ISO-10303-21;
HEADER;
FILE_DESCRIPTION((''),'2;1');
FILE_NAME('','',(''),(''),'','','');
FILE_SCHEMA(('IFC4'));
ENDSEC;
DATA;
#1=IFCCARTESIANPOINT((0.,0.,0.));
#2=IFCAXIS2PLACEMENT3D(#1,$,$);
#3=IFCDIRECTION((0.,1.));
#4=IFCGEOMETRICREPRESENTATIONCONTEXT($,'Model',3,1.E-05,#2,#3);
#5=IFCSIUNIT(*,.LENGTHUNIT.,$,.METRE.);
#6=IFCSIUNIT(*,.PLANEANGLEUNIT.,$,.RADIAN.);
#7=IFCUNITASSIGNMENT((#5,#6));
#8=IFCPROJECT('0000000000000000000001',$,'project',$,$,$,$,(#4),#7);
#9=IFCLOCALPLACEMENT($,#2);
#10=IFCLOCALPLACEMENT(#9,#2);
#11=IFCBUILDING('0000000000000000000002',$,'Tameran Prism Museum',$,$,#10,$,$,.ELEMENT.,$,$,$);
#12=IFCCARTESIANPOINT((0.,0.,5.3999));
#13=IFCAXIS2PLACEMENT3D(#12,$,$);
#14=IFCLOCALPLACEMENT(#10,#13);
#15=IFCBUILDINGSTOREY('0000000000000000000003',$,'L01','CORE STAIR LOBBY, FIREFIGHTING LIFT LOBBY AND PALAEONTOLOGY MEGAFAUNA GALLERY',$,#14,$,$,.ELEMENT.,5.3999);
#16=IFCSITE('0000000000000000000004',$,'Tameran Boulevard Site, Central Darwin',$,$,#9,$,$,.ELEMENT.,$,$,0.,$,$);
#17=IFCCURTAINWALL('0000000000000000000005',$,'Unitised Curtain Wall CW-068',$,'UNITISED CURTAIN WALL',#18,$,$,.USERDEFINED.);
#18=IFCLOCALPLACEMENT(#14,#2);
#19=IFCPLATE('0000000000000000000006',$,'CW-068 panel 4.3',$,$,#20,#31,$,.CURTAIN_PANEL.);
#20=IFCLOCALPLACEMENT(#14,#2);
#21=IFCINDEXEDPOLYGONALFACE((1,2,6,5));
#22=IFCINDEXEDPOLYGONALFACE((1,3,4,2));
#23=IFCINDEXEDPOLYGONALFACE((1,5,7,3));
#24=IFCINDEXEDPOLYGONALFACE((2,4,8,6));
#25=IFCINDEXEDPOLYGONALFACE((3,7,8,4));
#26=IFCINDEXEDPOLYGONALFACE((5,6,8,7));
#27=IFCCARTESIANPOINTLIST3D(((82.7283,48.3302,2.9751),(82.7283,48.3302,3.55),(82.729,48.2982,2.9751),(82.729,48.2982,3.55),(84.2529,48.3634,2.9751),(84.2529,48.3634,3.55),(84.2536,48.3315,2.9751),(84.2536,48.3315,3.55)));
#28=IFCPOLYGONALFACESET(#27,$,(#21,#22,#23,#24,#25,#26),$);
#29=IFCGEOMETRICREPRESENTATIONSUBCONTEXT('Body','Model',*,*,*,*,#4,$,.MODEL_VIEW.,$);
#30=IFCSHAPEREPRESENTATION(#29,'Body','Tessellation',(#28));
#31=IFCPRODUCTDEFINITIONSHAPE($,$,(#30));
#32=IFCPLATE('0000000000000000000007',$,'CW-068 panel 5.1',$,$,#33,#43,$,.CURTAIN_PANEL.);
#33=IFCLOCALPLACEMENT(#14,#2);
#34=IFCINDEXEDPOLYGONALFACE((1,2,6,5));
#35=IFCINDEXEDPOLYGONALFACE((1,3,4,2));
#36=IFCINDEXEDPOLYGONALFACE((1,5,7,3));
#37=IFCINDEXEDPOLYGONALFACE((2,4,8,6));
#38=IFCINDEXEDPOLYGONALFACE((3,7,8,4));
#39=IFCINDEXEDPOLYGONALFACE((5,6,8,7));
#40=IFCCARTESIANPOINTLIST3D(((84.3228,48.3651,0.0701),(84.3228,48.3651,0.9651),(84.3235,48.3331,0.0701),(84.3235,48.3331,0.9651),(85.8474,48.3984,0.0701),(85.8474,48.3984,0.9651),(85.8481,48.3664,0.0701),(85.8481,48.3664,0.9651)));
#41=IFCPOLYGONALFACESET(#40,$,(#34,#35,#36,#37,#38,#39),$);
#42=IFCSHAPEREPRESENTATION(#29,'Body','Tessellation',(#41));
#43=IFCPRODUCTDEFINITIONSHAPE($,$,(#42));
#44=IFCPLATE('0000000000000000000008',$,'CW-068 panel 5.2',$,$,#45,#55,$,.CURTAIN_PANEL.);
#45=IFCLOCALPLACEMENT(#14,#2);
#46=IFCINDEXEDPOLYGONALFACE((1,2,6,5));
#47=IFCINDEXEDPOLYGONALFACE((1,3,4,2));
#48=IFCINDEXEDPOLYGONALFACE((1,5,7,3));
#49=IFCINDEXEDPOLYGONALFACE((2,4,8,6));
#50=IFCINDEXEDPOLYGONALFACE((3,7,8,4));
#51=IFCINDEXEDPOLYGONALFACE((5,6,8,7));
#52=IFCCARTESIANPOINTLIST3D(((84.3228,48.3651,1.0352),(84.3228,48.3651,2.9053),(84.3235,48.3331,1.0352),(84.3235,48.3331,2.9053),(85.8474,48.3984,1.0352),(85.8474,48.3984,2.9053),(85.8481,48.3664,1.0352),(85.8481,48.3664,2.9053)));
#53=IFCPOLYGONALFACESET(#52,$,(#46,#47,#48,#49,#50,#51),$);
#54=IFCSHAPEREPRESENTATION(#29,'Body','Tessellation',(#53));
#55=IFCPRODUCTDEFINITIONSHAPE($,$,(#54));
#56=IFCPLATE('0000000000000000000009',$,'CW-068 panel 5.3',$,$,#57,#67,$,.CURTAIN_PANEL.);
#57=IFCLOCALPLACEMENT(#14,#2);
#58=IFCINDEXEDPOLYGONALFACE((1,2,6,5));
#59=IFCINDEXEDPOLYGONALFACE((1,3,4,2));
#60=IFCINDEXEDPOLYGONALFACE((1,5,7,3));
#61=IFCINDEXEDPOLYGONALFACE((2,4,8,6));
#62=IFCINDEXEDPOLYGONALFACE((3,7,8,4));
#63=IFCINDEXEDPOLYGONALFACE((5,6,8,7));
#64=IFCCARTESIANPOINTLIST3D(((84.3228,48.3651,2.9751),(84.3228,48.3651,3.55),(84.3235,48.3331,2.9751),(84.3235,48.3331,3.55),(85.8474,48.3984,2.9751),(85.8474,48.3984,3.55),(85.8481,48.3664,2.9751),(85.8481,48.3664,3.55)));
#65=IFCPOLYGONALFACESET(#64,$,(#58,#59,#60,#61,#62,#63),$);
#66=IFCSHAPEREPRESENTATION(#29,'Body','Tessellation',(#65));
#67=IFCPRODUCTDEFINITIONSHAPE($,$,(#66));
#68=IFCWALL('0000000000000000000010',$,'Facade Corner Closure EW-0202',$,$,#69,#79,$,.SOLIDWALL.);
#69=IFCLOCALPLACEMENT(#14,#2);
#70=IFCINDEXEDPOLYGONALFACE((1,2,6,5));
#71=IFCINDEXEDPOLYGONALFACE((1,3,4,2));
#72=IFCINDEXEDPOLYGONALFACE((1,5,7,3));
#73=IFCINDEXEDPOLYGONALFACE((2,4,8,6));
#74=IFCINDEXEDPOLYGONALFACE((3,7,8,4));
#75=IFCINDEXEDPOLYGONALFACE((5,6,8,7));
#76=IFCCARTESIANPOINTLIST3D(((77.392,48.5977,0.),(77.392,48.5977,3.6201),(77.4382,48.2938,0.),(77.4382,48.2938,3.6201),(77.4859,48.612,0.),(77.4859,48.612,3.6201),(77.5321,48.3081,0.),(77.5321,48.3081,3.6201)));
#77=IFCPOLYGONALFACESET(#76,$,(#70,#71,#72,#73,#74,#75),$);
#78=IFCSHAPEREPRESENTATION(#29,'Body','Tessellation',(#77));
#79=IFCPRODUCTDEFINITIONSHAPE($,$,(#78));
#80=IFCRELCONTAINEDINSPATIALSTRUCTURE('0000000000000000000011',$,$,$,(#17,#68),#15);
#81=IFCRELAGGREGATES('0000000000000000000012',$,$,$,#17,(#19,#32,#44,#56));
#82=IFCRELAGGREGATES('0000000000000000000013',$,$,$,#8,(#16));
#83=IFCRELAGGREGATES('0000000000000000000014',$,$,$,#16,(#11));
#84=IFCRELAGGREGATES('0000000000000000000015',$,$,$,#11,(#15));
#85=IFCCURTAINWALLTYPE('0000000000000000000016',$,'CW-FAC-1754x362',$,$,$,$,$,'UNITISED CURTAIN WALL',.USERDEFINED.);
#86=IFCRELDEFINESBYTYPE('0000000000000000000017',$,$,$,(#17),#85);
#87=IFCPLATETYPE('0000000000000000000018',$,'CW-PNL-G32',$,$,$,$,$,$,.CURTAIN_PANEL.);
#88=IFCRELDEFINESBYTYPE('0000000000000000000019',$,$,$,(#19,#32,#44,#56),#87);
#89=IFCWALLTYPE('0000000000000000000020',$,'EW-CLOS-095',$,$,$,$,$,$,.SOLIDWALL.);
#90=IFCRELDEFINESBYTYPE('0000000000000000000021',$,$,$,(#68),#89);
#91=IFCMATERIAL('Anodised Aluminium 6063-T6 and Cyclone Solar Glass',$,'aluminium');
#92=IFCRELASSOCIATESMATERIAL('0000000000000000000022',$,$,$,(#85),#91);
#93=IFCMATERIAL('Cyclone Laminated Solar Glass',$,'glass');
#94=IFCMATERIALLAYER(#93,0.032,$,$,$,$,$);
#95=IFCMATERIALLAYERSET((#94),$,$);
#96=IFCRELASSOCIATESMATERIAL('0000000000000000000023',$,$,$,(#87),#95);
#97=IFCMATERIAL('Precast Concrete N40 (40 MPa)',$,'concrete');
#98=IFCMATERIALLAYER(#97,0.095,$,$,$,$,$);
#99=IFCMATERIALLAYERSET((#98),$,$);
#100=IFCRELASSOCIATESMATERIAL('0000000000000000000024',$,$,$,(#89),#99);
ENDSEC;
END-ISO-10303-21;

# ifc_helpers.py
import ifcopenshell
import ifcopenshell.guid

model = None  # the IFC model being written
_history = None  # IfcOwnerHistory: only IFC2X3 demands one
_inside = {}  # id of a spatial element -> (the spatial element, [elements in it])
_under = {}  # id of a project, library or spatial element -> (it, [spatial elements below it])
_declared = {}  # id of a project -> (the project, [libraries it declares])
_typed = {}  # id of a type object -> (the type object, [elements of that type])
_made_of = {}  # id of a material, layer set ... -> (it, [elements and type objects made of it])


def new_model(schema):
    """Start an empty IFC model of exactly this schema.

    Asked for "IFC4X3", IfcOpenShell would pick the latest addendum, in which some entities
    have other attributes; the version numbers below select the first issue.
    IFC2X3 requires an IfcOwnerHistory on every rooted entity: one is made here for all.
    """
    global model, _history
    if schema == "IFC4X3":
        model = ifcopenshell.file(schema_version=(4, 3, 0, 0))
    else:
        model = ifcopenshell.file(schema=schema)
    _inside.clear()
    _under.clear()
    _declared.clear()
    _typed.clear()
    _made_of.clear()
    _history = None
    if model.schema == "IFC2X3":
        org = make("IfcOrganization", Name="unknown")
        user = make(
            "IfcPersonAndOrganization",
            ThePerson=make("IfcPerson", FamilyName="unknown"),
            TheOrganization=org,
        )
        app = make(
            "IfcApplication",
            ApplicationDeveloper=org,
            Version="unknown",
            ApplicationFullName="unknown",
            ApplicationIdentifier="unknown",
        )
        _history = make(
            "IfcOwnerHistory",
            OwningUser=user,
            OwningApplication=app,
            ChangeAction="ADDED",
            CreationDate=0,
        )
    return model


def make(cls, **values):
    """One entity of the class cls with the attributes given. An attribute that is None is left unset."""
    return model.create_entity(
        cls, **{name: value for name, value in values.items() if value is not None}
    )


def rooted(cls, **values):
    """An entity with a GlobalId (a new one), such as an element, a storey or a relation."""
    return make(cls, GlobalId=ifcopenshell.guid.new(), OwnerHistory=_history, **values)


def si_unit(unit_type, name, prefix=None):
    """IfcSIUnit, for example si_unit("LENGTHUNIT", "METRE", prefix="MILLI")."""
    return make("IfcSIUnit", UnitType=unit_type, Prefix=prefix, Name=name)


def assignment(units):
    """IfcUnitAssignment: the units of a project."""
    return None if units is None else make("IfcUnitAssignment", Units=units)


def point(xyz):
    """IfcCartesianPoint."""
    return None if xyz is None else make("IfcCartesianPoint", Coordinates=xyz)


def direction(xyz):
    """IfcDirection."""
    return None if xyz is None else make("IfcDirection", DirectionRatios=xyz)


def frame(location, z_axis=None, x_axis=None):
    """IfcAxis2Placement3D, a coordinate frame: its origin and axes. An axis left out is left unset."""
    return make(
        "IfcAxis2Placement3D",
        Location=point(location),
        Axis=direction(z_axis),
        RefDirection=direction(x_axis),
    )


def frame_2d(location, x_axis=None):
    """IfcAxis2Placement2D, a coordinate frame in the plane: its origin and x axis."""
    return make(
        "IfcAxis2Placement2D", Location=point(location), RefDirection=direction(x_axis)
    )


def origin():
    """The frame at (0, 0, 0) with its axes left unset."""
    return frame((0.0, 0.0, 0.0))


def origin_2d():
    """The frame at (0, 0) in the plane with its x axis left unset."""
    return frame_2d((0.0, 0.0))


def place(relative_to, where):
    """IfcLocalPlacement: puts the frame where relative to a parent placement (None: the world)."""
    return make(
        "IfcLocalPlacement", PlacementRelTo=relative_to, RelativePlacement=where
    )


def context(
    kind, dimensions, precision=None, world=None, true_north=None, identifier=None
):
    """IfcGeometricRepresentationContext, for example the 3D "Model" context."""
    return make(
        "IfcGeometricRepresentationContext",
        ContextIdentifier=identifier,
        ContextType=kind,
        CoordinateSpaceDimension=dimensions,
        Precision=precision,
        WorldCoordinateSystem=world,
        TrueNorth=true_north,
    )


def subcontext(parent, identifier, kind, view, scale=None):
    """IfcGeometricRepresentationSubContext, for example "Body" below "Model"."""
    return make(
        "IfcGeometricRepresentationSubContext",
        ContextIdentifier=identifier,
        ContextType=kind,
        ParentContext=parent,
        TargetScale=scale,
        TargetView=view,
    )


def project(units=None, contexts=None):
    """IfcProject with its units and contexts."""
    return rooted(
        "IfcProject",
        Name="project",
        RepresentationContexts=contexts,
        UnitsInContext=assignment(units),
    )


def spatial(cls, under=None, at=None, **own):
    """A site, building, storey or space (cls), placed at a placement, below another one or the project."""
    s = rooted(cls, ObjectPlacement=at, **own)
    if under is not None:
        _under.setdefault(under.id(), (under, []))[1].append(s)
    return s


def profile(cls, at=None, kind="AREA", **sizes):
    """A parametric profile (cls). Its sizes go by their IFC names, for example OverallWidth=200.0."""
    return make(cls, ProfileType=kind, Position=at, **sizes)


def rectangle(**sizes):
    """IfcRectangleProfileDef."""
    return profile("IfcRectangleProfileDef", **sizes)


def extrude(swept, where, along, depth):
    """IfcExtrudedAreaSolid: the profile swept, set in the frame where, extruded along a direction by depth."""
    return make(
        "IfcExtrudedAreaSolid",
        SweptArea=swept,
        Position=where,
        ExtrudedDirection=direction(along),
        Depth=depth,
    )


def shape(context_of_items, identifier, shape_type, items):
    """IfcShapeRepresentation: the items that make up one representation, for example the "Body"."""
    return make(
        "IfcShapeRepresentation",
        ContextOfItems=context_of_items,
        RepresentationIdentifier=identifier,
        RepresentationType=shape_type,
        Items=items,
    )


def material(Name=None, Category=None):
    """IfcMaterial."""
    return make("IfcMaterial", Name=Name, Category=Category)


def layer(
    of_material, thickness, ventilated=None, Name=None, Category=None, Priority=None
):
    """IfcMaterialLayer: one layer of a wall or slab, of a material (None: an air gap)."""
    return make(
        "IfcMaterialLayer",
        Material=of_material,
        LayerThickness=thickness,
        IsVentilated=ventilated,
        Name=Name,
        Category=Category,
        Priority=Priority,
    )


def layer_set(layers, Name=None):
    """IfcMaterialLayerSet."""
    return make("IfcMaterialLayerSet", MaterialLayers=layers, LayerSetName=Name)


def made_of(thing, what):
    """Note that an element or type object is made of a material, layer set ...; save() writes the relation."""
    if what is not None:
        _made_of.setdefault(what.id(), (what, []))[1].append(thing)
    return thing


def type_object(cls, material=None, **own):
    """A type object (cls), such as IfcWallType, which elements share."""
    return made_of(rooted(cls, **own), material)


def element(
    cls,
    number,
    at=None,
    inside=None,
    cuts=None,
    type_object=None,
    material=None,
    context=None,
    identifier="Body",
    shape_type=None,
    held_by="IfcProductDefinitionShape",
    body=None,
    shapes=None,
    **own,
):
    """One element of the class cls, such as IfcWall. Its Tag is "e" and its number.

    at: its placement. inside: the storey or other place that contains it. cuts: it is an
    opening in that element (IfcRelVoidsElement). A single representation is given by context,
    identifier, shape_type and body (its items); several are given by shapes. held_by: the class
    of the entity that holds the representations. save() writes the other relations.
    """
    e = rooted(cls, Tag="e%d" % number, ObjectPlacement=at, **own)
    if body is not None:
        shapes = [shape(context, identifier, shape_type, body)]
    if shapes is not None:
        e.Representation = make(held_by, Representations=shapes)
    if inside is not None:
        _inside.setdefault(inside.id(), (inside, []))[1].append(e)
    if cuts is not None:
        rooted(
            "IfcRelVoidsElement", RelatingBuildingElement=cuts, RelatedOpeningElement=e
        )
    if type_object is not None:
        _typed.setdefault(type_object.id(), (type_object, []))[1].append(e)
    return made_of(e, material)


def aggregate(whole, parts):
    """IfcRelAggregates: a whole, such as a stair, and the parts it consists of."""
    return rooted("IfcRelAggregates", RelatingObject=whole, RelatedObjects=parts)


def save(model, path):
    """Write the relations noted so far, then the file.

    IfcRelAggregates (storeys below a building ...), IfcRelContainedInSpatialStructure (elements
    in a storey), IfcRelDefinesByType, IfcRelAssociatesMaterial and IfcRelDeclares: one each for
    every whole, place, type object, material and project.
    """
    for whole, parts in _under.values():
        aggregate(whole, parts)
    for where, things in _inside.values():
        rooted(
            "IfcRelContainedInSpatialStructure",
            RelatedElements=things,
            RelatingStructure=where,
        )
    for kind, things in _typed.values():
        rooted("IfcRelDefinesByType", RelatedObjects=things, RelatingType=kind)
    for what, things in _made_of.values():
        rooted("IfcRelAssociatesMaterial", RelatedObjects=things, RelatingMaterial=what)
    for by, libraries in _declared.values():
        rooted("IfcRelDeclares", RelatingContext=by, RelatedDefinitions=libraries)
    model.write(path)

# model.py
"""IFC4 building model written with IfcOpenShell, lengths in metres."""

from ifc_helpers import new_model, si_unit, direction, frame, frame_2d, origin, origin_2d, place, context, subcontext, project, spatial, rectangle, extrude, material, layer, layer_set, type_object, element, aggregate, save


model = new_model("IFC4")

# Units and contexts
model_context = context("Model", 3, precision=1e-05, world=origin(), true_north=direction((0.0, 1.0)))
body_context = subcontext(model_context, "Body", "Model", "MODEL_VIEW")
ifc_project = project(units=[si_unit("LENGTHUNIT", "METRE"), si_unit("PLANEANGLEUNIT", "RADIAN")], contexts=[model_context])

# Site, building, storey
site_placement = place(None, origin())
site = spatial("IfcSite", under=ifc_project, at=site_placement, Name="Tameran Boulevard Site, Central Darwin", CompositionType="ELEMENT", RefElevation=0.0)
building_placement = place(site_placement, origin())
building = spatial("IfcBuilding", under=site, at=building_placement, Name="Tameran Prism Museum", CompositionType="ELEMENT")
storey_placement = place(building_placement, frame((0.0, 0.0, 5.3999)))
storey = spatial("IfcBuildingStorey", under=building, at=storey_placement, Name="L01", Description="CORE STAIR LOBBY, FIREFIGHTING LIFT LOBBY AND PALAEONTOLOGY MEGAFAUNA GALLERY", CompositionType="ELEMENT", Elevation=5.3999)

# Curtain wall
ifc_material_1 = material(Name="Anodised Aluminium 6063-T6 and Cyclone Solar Glass", Category="aluminium")
curtain_wall_type_1 = type_object("IfcCurtainWallType", Name="CW-FAC-1754x362", ElementType="UNITISED CURTAIN WALL", PredefinedType="USERDEFINED", material=ifc_material_1)
curtain_wall_1_placement = place(storey_placement, origin())
curtain_wall_1 = element("IfcCurtainWall", 1, at=curtain_wall_1_placement, inside=storey, type_object=curtain_wall_type_1, Name="Unitised Curtain Wall CW-068", ObjectType="UNITISED CURTAIN WALL", PredefinedType="USERDEFINED")

# Plates
ifc_material_2 = material(Name="Cyclone Laminated Solar Glass", Category="glass")
ifc_layer_1 = layer(ifc_material_2, 0.032)
ifc_layer_set_1 = layer_set([ifc_layer_1])
plate_type_1 = type_object("IfcPlateType", Name="CW-PNL-G32", PredefinedType="CURTAIN_PANEL", material=ifc_layer_set_1)
plate_1_placement = place(storey_placement, frame((83.491, 48.3308, 2.9751), z_axis=(0.0, 0.0, 1.0), x_axis=(0.999762, 0.021831, 0.0)))
plate_1 = element("IfcPlate", 2, at=plate_1_placement, type_object=plate_type_1, Name="CW-068 panel 4.3", PredefinedType="CURTAIN_PANEL", context=body_context, shape_type="SweptSolid", body=[
    extrude(rectangle(XDim=1.5249, YDim=0.032, at=origin_2d()), origin(), (0.0, 0.0, 1.0), 0.575),
])
plate_2_placement = place(storey_placement, frame((85.0854, 48.3657, 0.0701), z_axis=(0.0, 0.0, 1.0), x_axis=(0.999762, 0.021831, 0.0)))
plate_2 = element("IfcPlate", 3, at=plate_2_placement, type_object=plate_type_1, Name="CW-068 panel 5.1", PredefinedType="CURTAIN_PANEL", context=body_context, shape_type="SweptSolid", body=[
    extrude(rectangle(XDim=1.5249, YDim=0.032, at=origin_2d()), origin(), (0.0, 0.0, 1.0), 0.895),
])
plate_3_placement = place(storey_placement, frame((85.0854, 48.3657, 1.0352), z_axis=(0.0, 0.0, 1.0), x_axis=(0.999762, 0.021831, 0.0)))
plate_3 = element("IfcPlate", 4, at=plate_3_placement, type_object=plate_type_1, Name="CW-068 panel 5.2", PredefinedType="CURTAIN_PANEL", context=body_context, shape_type="SweptSolid", body=[
    extrude(rectangle(XDim=1.5249, YDim=0.032, at=origin_2d()), origin(), (0.0, 0.0, 1.0), 1.8701),
])
plate_4_placement = place(storey_placement, frame((85.0854, 48.3657, 2.9751), z_axis=(0.0, 0.0, 1.0), x_axis=(0.999762, 0.021831, 0.0)))
plate_4 = element("IfcPlate", 5, at=plate_4_placement, type_object=plate_type_1, Name="CW-068 panel 5.3", PredefinedType="CURTAIN_PANEL", context=body_context, shape_type="SweptSolid", body=[
    extrude(rectangle(XDim=1.5249, YDim=0.032, at=origin_2d()), origin(), (0.0, 0.0, 1.0), 0.575),
])
aggregate(curtain_wall_1, [plate_1, plate_2, plate_3, plate_4])

# Wall
ifc_material_3 = material(Name="Precast Concrete N40 (40 MPa)", Category="concrete")
ifc_layer_2 = layer(ifc_material_3, 0.095)
ifc_layer_set_2 = layer_set([ifc_layer_2])
wall_type = type_object("IfcWallType", Name="EW-CLOS-095", PredefinedType="SOLIDWALL", material=ifc_layer_set_2)
wall_placement = place(storey_placement, frame((77.439, 48.605, 0.0), z_axis=(0.0, 0.0, 1.0), x_axis=(0.150088, -0.988673, 0.0)))
element("IfcWall", 6, at=wall_placement, inside=storey, type_object=wall_type, Name="Facade Corner Closure EW-0202", PredefinedType="SOLIDWALL", context=body_context, shape_type="SweptSolid", body=[
    extrude(rectangle(XDim=0.3074, YDim=0.095, at=frame_2d((0.1538, 0.0))), origin(), (0.0, 0.0, 1.0), 3.6201),
])

save(model, "model.ifc")
